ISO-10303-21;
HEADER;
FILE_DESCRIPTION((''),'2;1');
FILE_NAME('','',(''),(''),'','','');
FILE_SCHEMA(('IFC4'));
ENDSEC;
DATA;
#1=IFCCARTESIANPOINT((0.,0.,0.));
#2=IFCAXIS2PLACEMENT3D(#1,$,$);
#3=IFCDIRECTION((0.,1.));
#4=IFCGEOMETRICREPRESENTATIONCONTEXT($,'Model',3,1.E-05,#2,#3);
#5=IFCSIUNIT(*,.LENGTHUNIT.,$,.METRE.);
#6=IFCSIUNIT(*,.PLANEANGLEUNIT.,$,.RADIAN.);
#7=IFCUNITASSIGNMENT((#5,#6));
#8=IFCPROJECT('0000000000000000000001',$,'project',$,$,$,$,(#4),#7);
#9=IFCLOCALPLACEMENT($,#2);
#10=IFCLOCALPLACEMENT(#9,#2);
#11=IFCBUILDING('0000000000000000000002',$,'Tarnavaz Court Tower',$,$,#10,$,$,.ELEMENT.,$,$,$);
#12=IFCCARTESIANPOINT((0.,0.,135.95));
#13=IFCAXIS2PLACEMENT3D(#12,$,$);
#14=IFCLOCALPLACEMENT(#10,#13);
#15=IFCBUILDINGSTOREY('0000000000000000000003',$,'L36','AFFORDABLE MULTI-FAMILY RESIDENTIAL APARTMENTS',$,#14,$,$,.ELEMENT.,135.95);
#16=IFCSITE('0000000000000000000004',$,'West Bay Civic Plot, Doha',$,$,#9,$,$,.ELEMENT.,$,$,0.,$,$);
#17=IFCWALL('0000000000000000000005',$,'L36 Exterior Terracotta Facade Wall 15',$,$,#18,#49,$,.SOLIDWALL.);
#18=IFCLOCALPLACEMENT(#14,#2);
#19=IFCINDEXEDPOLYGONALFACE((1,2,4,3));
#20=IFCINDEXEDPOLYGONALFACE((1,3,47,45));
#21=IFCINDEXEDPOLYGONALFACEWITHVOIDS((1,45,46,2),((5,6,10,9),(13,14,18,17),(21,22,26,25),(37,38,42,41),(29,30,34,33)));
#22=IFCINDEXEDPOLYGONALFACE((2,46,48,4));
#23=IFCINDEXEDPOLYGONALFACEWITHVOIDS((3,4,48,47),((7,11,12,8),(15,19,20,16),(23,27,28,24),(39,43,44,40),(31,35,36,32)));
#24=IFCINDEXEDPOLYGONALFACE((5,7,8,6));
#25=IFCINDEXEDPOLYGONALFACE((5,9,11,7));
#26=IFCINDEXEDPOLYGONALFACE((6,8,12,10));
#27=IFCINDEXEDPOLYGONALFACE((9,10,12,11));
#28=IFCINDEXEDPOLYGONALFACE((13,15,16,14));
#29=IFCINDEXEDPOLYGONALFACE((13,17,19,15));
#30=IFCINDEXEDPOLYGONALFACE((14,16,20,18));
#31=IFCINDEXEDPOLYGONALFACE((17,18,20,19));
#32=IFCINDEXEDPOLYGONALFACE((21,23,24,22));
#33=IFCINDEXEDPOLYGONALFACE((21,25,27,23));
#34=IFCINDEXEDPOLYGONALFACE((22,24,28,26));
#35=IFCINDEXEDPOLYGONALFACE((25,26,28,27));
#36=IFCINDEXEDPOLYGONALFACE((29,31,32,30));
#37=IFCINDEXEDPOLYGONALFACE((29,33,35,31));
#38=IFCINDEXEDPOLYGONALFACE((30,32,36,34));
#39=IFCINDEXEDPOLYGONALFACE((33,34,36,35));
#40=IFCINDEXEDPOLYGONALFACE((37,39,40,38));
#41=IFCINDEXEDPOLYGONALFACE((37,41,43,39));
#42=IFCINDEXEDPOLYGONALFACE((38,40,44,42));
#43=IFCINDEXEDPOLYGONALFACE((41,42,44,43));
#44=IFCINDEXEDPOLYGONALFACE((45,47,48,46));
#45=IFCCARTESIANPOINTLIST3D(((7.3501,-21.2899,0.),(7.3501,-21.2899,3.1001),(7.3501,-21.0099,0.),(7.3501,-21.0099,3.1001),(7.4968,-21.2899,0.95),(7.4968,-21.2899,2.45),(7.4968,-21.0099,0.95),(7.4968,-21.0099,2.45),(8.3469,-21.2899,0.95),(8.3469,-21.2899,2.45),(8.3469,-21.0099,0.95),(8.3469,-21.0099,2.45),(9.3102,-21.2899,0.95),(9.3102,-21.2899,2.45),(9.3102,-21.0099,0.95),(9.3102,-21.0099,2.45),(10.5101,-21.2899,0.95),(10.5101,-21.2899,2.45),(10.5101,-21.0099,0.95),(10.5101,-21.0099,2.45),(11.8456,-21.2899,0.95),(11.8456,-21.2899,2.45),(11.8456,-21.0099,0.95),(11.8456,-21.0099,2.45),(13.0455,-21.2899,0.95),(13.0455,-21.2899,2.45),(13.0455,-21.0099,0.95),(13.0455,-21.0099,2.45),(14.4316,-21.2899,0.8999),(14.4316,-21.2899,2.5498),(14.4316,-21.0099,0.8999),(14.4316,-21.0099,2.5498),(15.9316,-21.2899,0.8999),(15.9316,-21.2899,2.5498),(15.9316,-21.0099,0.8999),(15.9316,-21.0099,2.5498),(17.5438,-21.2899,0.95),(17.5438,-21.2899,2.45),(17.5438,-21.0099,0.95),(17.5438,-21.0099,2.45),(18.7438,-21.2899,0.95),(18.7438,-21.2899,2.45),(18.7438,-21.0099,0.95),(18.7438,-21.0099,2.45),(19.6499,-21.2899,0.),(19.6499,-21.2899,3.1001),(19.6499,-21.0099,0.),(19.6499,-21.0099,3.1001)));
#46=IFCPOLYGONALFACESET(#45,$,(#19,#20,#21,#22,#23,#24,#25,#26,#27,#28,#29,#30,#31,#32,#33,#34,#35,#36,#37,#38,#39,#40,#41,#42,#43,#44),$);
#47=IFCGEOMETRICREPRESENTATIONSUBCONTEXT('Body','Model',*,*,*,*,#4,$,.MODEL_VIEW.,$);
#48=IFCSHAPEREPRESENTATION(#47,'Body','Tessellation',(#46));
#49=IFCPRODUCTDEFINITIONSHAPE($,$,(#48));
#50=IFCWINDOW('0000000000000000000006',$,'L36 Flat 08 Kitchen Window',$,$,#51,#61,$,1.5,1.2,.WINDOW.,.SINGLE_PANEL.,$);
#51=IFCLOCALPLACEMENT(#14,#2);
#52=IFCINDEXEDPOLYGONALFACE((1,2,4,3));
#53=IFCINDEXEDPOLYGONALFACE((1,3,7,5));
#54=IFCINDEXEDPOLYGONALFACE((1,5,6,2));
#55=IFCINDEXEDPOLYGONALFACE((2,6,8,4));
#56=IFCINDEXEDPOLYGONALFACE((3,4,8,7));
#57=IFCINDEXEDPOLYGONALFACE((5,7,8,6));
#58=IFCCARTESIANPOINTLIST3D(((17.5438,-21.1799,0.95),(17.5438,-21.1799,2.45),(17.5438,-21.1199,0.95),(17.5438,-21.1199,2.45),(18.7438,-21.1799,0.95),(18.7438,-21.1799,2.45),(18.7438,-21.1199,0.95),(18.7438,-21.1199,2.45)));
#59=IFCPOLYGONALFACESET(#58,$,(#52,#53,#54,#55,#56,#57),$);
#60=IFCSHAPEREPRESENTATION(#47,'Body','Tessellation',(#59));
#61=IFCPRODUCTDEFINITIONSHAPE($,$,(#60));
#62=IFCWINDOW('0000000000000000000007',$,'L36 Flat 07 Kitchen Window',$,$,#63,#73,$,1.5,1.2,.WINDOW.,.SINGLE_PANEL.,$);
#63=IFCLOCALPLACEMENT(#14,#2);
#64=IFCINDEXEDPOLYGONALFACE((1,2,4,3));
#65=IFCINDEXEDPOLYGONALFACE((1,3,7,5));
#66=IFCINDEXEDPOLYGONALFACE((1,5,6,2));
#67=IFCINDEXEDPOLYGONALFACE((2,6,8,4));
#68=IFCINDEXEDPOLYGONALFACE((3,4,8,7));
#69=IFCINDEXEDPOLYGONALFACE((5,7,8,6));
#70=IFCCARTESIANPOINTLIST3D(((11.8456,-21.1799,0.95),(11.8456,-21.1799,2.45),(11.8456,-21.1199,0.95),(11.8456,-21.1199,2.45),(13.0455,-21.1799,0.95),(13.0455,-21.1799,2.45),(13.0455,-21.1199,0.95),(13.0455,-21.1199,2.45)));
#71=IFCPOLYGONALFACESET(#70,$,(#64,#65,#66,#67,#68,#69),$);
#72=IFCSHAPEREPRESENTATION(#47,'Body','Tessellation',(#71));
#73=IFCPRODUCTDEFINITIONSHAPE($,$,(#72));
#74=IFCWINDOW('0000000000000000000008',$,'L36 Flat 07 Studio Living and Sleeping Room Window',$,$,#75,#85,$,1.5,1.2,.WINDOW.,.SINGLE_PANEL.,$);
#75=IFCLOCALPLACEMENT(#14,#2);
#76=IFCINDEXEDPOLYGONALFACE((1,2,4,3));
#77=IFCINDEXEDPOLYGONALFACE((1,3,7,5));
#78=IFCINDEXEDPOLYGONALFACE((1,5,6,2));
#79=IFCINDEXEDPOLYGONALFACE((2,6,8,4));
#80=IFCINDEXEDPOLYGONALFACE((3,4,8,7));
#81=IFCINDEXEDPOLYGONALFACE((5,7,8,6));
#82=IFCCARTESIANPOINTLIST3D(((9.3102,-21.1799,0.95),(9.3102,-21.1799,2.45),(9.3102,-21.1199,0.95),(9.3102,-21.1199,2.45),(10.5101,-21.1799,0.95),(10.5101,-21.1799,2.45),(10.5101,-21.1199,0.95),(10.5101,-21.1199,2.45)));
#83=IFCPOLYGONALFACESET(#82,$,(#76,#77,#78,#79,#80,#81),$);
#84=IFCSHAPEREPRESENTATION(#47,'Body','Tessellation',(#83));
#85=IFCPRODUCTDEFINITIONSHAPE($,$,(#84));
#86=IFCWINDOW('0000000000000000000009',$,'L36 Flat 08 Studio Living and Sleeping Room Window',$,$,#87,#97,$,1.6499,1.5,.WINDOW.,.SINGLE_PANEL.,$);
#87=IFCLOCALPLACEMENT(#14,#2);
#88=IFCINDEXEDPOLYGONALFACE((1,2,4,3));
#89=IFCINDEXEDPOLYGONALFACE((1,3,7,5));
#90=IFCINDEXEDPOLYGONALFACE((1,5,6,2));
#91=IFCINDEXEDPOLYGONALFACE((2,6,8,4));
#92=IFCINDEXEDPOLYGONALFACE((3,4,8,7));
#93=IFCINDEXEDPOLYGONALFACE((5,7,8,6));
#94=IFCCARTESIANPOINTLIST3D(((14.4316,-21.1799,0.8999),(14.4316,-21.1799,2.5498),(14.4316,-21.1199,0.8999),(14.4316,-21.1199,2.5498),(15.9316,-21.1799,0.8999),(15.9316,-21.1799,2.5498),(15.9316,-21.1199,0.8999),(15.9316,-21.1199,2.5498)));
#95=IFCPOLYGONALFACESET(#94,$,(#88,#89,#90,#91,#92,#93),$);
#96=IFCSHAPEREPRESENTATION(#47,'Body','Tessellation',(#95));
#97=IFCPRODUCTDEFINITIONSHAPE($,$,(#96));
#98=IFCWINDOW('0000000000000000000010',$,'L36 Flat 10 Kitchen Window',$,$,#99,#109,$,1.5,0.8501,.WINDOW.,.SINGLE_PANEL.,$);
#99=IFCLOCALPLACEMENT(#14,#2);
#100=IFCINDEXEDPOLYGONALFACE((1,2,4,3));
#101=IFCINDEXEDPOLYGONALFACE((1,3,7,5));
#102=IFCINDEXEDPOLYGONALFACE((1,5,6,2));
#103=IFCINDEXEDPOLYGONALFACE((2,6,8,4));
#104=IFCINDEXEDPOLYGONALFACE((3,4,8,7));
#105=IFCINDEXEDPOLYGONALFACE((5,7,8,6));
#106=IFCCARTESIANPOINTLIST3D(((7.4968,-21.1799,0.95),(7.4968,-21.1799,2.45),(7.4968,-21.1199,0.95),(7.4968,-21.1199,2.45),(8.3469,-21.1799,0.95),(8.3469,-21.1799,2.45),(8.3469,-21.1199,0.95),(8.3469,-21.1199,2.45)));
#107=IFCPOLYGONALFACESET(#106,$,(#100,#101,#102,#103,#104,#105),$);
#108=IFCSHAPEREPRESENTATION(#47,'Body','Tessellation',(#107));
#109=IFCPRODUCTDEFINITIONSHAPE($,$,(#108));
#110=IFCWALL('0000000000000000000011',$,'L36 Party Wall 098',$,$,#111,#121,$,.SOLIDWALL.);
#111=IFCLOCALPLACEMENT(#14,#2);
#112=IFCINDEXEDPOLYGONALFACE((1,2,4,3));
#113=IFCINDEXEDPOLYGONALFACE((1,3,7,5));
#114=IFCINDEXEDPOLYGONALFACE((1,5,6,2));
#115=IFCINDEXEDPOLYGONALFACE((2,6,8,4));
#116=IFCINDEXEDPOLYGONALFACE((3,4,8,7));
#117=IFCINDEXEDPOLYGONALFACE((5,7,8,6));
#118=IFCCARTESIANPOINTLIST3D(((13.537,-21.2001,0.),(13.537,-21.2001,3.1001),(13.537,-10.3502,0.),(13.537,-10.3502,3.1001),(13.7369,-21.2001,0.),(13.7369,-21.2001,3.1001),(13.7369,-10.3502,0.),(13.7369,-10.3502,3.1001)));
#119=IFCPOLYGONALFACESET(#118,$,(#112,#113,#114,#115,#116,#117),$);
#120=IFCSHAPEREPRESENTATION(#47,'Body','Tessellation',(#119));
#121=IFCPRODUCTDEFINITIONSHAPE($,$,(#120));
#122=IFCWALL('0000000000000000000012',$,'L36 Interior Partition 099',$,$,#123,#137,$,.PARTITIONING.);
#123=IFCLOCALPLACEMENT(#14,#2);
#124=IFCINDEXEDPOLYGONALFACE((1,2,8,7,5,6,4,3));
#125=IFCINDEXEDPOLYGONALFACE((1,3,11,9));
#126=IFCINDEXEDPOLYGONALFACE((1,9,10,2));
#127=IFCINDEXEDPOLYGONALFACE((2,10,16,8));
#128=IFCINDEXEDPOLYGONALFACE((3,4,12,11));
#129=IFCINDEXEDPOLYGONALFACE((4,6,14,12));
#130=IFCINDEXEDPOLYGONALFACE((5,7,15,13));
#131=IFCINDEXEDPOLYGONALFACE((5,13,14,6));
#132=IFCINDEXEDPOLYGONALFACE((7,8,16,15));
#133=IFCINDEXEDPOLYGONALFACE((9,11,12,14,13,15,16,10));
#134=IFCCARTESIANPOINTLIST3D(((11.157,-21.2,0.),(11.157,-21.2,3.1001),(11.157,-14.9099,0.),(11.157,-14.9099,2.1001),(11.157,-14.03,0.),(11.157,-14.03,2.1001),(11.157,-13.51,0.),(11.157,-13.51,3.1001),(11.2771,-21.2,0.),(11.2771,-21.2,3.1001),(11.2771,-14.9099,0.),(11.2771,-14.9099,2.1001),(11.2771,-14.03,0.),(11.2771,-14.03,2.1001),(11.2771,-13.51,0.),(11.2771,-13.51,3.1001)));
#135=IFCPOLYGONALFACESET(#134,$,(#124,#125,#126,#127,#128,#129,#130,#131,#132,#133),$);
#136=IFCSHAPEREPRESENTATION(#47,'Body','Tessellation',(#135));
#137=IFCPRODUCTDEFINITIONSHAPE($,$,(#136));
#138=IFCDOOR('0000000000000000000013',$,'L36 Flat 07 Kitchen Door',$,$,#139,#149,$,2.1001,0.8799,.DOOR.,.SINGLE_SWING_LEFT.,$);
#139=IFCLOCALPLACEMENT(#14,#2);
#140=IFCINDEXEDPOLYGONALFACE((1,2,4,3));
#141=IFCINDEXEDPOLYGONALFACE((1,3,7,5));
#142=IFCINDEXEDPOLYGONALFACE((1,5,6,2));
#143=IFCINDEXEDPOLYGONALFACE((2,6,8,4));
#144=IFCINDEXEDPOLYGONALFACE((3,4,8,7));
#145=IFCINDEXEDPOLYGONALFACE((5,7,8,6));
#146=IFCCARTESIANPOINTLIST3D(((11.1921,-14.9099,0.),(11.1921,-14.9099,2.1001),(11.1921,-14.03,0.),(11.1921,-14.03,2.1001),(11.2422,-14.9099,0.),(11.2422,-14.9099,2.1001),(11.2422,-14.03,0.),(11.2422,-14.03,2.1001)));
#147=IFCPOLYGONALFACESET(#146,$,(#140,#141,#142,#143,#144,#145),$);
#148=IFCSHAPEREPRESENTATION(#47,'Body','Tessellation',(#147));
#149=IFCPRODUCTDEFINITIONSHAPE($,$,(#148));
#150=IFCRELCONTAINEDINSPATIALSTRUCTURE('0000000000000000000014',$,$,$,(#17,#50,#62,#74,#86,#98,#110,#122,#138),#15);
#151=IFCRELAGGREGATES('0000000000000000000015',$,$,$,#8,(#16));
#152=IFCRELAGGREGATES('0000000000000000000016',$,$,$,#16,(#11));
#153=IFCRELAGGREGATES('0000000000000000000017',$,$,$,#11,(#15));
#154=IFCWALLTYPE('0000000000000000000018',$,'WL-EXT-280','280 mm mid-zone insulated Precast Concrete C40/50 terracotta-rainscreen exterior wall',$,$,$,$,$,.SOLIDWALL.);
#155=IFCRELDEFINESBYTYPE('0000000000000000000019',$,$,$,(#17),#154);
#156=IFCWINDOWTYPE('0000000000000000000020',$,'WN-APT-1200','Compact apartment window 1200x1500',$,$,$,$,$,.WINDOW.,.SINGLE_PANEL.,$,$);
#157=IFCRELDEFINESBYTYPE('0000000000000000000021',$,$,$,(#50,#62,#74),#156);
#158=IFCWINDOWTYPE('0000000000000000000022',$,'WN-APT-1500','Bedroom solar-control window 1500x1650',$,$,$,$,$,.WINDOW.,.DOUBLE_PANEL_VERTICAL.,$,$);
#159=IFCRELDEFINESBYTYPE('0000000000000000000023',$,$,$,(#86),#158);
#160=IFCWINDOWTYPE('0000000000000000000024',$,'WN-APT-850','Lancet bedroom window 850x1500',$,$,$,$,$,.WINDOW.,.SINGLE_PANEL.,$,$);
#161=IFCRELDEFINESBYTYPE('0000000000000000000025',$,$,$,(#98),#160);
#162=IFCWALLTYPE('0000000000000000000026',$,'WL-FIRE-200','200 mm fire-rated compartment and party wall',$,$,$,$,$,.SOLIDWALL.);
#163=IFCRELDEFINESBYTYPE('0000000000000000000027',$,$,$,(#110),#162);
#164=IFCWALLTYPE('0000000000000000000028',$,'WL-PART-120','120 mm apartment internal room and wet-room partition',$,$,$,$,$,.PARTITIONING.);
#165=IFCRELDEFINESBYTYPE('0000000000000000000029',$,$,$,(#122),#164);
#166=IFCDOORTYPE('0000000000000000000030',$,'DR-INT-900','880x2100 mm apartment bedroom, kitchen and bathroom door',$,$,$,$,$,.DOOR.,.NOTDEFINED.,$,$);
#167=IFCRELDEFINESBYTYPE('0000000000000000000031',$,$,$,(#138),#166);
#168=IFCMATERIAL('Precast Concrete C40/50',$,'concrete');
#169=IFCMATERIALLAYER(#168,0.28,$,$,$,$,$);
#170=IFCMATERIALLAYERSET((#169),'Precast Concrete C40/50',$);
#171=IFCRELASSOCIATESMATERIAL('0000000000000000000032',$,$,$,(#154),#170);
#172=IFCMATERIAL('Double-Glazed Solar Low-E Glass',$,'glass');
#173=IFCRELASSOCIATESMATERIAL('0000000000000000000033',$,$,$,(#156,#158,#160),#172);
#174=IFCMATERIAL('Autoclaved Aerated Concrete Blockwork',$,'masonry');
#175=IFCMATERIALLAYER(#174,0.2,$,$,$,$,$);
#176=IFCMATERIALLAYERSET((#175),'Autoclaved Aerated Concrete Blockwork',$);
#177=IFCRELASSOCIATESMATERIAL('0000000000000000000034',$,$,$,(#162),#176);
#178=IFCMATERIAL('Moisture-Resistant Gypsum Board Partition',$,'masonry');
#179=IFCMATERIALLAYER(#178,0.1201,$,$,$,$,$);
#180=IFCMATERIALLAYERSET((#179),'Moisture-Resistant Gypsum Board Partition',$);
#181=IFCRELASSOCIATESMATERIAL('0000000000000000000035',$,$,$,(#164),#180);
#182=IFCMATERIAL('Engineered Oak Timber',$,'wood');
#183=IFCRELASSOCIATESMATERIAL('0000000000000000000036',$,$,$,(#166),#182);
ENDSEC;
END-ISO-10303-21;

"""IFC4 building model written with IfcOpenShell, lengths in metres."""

from ifc_helpers import new_model, si_unit, direction, frame, frame_2d, origin, place, context, subcontext, project, spatial, rectangle, extrude, material, layer, layer_set, type_object, element, fill, save


model = new_model("IFC4")

# Units and contexts
model_context = context("Model", 3, precision=1e-05, world=origin(), true_north=direction((0.0, 1.0)))
body_context = subcontext(model_context, "Body", "Model", "MODEL_VIEW")
ifc_project = project(units=[si_unit("LENGTHUNIT", "METRE"), si_unit("PLANEANGLEUNIT", "RADIAN")], contexts=[model_context])

# Site, building, storey
site_placement = place(None, origin())
site = spatial("IfcSite", under=ifc_project, at=site_placement, Name="West Bay Civic Plot, Doha", CompositionType="ELEMENT", RefElevation=0.0)
building_placement = place(site_placement, origin())
building = spatial("IfcBuilding", under=site, at=building_placement, Name="Tarnavaz Court Tower", CompositionType="ELEMENT")
storey_placement = place(building_placement, frame((0.0, 0.0, 135.95)))
storey = spatial("IfcBuildingStorey", under=building, at=storey_placement, Name="L36", Description="AFFORDABLE MULTI-FAMILY RESIDENTIAL APARTMENTS", CompositionType="ELEMENT", Elevation=135.95)

# Shared definitions
ifc_material_1 = material(Name="Precast Concrete C40/50", Category="concrete")
ifc_layer_1 = layer(ifc_material_1, 0.28)
ifc_layer_set_1 = layer_set([ifc_layer_1], Name="Precast Concrete C40/50")
wall_type_1 = type_object("IfcWallType", Name="WL-EXT-280", Description="280 mm mid-zone insulated Precast Concrete C40/50 terracotta-rainscreen exterior wall", PredefinedType="SOLIDWALL", material=ifc_layer_set_1)
ifc_material_2 = material(Name="Double-Glazed Solar Low-E Glass", Category="glass")

# Wall, openings, windows
wall_1_placement = place(storey_placement, frame((19.6499, -21.1499, 0.0), z_axis=(0.0, 0.0, 1.0), x_axis=(-1.0, 0.0, 0.0)))
wall_1 = element("IfcWall", 1, at=wall_1_placement, inside=storey, type_object=wall_type_1, Name="L36 Exterior Terracotta Facade Wall 15", PredefinedType="SOLIDWALL", context=body_context, shape_type="SweptSolid", body=[
    extrude(rectangle(XDim=12.2998, YDim=0.28, at=frame_2d((6.1499, 0.0))), origin(), (0.0, 0.0, 1.0), 3.1001),
])
opening_1_placement = place(wall_1_placement, frame((0.906, 0.0, 0.95)))
opening_1 = element("IfcOpeningElement", 2, at=opening_1_placement, cuts=wall_1, PredefinedType="OPENING", context=body_context, shape_type="SweptSolid", body=[
    extrude(rectangle(XDim=1.2, YDim=1.5, at=frame_2d((0.6001, 0.75))), frame((0.0, 0.1499, 0.0), z_axis=(0.0, -1.0, 0.0), x_axis=(1.0, 0.0, 0.0)), (0.0, 0.0, 1.0), 0.3),
])
opening_2_placement = place(wall_1_placement, frame((3.7183, 0.0, 0.8999)))
opening_2 = element("IfcOpeningElement", 3, at=opening_2_placement, cuts=wall_1, PredefinedType="OPENING", context=body_context, shape_type="SweptSolid", body=[
    extrude(rectangle(XDim=1.5, YDim=1.6499, at=frame_2d((0.75, 0.825))), frame((0.0, 0.1499, 0.0), z_axis=(0.0, -1.0, 0.0), x_axis=(1.0, 0.0, 0.0)), (0.0, 0.0, 1.0), 0.3),
])
opening_3_placement = place(wall_1_placement, frame((6.6042, 0.0, 0.95)))
opening_3 = element("IfcOpeningElement", 4, at=opening_3_placement, cuts=wall_1, PredefinedType="OPENING", context=body_context, shape_type="SweptSolid", body=[
    extrude(rectangle(XDim=1.2, YDim=1.5, at=frame_2d((0.6001, 0.75))), frame((0.0, 0.1499, 0.0), z_axis=(0.0, -1.0, 0.0), x_axis=(1.0, 0.0, 0.0)), (0.0, 0.0, 1.0), 0.3),
])
opening_4_placement = place(wall_1_placement, frame((9.1396, 0.0, 0.95)))
opening_4 = element("IfcOpeningElement", 5, at=opening_4_placement, cuts=wall_1, PredefinedType="OPENING", context=body_context, shape_type="SweptSolid", body=[
    extrude(rectangle(XDim=1.2, YDim=1.5, at=frame_2d((0.6001, 0.75))), frame((0.0, 0.1499, 0.0), z_axis=(0.0, -1.0, 0.0), x_axis=(1.0, 0.0, 0.0)), (0.0, 0.0, 1.0), 0.3),
])
opening_5_placement = place(wall_1_placement, frame((11.303, 0.0, 0.95)))
opening_5 = element("IfcOpeningElement", 6, at=opening_5_placement, cuts=wall_1, PredefinedType="OPENING", context=body_context, shape_type="SweptSolid", body=[
    extrude(rectangle(XDim=0.8501, YDim=1.5, at=frame_2d((0.425, 0.75))), frame((0.0, 0.1499, 0.0), z_axis=(0.0, -1.0, 0.0), x_axis=(1.0, 0.0, 0.0)), (0.0, 0.0, 1.0), 0.3),
])
window_type_1 = type_object("IfcWindowType", Name="WN-APT-1200", Description="Compact apartment window 1200x1500", PartitioningType="SINGLE_PANEL", PredefinedType="WINDOW", material=ifc_material_2)
window_1_placement = place(opening_1_placement, origin())
window_1 = element("IfcWindow", 7, at=window_1_placement, inside=storey, type_object=window_type_1, Name="L36 Flat 08 Kitchen Window", OverallHeight=1.5, OverallWidth=1.2, PartitioningType="SINGLE_PANEL", PredefinedType="WINDOW", context=body_context, shape_type="SweptSolid", body=[
    extrude(rectangle(XDim=1.2, YDim=1.5, at=frame_2d((0.6001, 0.75))), frame((0.0, 0.03, 0.0), z_axis=(0.0, -1.0, 0.0), x_axis=(1.0, 0.0, 0.0)), (0.0, 0.0, 1.0), 0.0601),
])
fill(opening_1, window_1)
window_2_placement = place(opening_3_placement, origin())
window_2 = element("IfcWindow", 8, at=window_2_placement, inside=storey, type_object=window_type_1, Name="L36 Flat 07 Kitchen Window", OverallHeight=1.5, OverallWidth=1.2, PartitioningType="SINGLE_PANEL", PredefinedType="WINDOW", context=body_context, shape_type="SweptSolid", body=[
    extrude(rectangle(XDim=1.2, YDim=1.5, at=frame_2d((0.6001, 0.75))), frame((0.0, 0.03, 0.0), z_axis=(0.0, -1.0, 0.0), x_axis=(1.0, 0.0, 0.0)), (0.0, 0.0, 1.0), 0.0601),
])
fill(opening_3, window_2)
window_3_placement = place(opening_4_placement, origin())
window_3 = element("IfcWindow", 9, at=window_3_placement, inside=storey, type_object=window_type_1, Name="L36 Flat 07 Studio Living and Sleeping Room Window", OverallHeight=1.5, OverallWidth=1.2, PartitioningType="SINGLE_PANEL", PredefinedType="WINDOW", context=body_context, shape_type="SweptSolid", body=[
    extrude(rectangle(XDim=1.2, YDim=1.5, at=frame_2d((0.6001, 0.75))), frame((0.0, 0.03, 0.0), z_axis=(0.0, -1.0, 0.0), x_axis=(1.0, 0.0, 0.0)), (0.0, 0.0, 1.0), 0.0601),
])
fill(opening_4, window_3)
window_type_2 = type_object("IfcWindowType", Name="WN-APT-1500", Description="Bedroom solar-control window 1500x1650", PartitioningType="DOUBLE_PANEL_VERTICAL", PredefinedType="WINDOW", material=ifc_material_2)
window_4_placement = place(opening_2_placement, origin())
window_4 = element("IfcWindow", 10, at=window_4_placement, inside=storey, type_object=window_type_2, Name="L36 Flat 08 Studio Living and Sleeping Room Window", OverallHeight=1.6499, OverallWidth=1.5, PartitioningType="SINGLE_PANEL", PredefinedType="WINDOW", context=body_context, shape_type="SweptSolid", body=[
    extrude(rectangle(XDim=1.5, YDim=1.6499, at=frame_2d((0.75, 0.825))), frame((0.0, 0.03, 0.0), z_axis=(0.0, -1.0, 0.0), x_axis=(1.0, 0.0, 0.0)), (0.0, 0.0, 1.0), 0.0601),
])
fill(opening_2, window_4)
window_type_3 = type_object("IfcWindowType", Name="WN-APT-850", Description="Lancet bedroom window 850x1500", PartitioningType="SINGLE_PANEL", PredefinedType="WINDOW", material=ifc_material_2)
window_5_placement = place(opening_5_placement, origin())
window_5 = element("IfcWindow", 11, at=window_5_placement, inside=storey, type_object=window_type_3, Name="L36 Flat 10 Kitchen Window", OverallHeight=1.5, OverallWidth=0.8501, PartitioningType="SINGLE_PANEL", PredefinedType="WINDOW", context=body_context, shape_type="SweptSolid", body=[
    extrude(rectangle(XDim=0.8501, YDim=1.5, at=frame_2d((0.425, 0.75))), frame((0.0, 0.03, 0.0), z_axis=(0.0, -1.0, 0.0), x_axis=(1.0, 0.0, 0.0)), (0.0, 0.0, 1.0), 0.0601),
])
fill(opening_5, window_5)

# Wall
ifc_material_3 = material(Name="Autoclaved Aerated Concrete Blockwork", Category="masonry")
ifc_layer_2 = layer(ifc_material_3, 0.2)
ifc_layer_set_2 = layer_set([ifc_layer_2], Name="Autoclaved Aerated Concrete Blockwork")
wall_type_2 = type_object("IfcWallType", Name="WL-FIRE-200", Description="200 mm fire-rated compartment and party wall", PredefinedType="SOLIDWALL", material=ifc_layer_set_2)
wall_2_placement = place(storey_placement, frame((13.637, -21.2, 0.0), z_axis=(0.0, 0.0, 1.0), x_axis=(0.0, 1.0, 0.0)))
element("IfcWall", 12, at=wall_2_placement, inside=storey, type_object=wall_type_2, Name="L36 Party Wall 098", PredefinedType="SOLIDWALL", context=body_context, shape_type="SweptSolid", body=[
    extrude(rectangle(XDim=10.8499, YDim=0.2, at=frame_2d((5.4248, 0.0))), origin(), (0.0, 0.0, 1.0), 3.1001),
])

# Wall, opening, door
ifc_material_4 = material(Name="Moisture-Resistant Gypsum Board Partition", Category="masonry")
ifc_layer_3 = layer(ifc_material_4, 0.1201)
ifc_layer_set_3 = layer_set([ifc_layer_3], Name="Moisture-Resistant Gypsum Board Partition")
wall_type_3 = type_object("IfcWallType", Name="WL-PART-120", Description="120 mm apartment internal room and wet-room partition", PredefinedType="PARTITIONING", material=ifc_layer_set_3)
wall_3_placement = place(storey_placement, frame((11.217, -21.2, 0.0), z_axis=(0.0, 0.0, 1.0), x_axis=(0.0, 1.0, 0.0)))
wall_3 = element("IfcWall", 13, at=wall_3_placement, inside=storey, type_object=wall_type_3, Name="L36 Interior Partition 099", PredefinedType="PARTITIONING", context=body_context, shape_type="SweptSolid", body=[
    extrude(rectangle(XDim=7.6899, YDim=0.1201, at=frame_2d((3.845, 0.0))), origin(), (0.0, 0.0, 1.0), 3.1001),
])
opening_6_placement = place(wall_3_placement, frame((6.29, 0.0, 0.0)))
opening_6 = element("IfcOpeningElement", 14, at=opening_6_placement, cuts=wall_3, PredefinedType="OPENING", context=body_context, shape_type="SweptSolid", body=[
    extrude(rectangle(XDim=0.8799, YDim=2.1001, at=frame_2d((0.4399, 1.05))), frame((0.0, 0.0701, 0.0), z_axis=(0.0, -1.0, 0.0), x_axis=(1.0, 0.0, 0.0)), (0.0, 0.0, 1.0), 0.1401),
])
ifc_material_5 = material(Name="Engineered Oak Timber", Category="wood")
door_type = type_object("IfcDoorType", Name="DR-INT-900", Description="880x2100 mm apartment bedroom, kitchen and bathroom door", OperationType="NOTDEFINED", PredefinedType="DOOR", material=ifc_material_5)
door_1_placement = place(opening_6_placement, origin())
door_1 = element("IfcDoor", 15, at=door_1_placement, inside=storey, type_object=door_type, Name="L36 Flat 07 Kitchen Door", OperationType="SINGLE_SWING_LEFT", OverallHeight=2.1001, OverallWidth=0.8799, PredefinedType="DOOR", context=body_context, shape_type="SweptSolid", body=[
    extrude(rectangle(XDim=0.8799, YDim=2.1001, at=frame_2d((0.4399, 1.05))), frame((0.0, 0.0249, 0.0), z_axis=(0.0, -1.0, 0.0), x_axis=(1.0, 0.0, 0.0)), (0.0, 0.0, 1.0), 0.05),
])
fill(opening_6, door_1)

save(model, "model.ifc")
